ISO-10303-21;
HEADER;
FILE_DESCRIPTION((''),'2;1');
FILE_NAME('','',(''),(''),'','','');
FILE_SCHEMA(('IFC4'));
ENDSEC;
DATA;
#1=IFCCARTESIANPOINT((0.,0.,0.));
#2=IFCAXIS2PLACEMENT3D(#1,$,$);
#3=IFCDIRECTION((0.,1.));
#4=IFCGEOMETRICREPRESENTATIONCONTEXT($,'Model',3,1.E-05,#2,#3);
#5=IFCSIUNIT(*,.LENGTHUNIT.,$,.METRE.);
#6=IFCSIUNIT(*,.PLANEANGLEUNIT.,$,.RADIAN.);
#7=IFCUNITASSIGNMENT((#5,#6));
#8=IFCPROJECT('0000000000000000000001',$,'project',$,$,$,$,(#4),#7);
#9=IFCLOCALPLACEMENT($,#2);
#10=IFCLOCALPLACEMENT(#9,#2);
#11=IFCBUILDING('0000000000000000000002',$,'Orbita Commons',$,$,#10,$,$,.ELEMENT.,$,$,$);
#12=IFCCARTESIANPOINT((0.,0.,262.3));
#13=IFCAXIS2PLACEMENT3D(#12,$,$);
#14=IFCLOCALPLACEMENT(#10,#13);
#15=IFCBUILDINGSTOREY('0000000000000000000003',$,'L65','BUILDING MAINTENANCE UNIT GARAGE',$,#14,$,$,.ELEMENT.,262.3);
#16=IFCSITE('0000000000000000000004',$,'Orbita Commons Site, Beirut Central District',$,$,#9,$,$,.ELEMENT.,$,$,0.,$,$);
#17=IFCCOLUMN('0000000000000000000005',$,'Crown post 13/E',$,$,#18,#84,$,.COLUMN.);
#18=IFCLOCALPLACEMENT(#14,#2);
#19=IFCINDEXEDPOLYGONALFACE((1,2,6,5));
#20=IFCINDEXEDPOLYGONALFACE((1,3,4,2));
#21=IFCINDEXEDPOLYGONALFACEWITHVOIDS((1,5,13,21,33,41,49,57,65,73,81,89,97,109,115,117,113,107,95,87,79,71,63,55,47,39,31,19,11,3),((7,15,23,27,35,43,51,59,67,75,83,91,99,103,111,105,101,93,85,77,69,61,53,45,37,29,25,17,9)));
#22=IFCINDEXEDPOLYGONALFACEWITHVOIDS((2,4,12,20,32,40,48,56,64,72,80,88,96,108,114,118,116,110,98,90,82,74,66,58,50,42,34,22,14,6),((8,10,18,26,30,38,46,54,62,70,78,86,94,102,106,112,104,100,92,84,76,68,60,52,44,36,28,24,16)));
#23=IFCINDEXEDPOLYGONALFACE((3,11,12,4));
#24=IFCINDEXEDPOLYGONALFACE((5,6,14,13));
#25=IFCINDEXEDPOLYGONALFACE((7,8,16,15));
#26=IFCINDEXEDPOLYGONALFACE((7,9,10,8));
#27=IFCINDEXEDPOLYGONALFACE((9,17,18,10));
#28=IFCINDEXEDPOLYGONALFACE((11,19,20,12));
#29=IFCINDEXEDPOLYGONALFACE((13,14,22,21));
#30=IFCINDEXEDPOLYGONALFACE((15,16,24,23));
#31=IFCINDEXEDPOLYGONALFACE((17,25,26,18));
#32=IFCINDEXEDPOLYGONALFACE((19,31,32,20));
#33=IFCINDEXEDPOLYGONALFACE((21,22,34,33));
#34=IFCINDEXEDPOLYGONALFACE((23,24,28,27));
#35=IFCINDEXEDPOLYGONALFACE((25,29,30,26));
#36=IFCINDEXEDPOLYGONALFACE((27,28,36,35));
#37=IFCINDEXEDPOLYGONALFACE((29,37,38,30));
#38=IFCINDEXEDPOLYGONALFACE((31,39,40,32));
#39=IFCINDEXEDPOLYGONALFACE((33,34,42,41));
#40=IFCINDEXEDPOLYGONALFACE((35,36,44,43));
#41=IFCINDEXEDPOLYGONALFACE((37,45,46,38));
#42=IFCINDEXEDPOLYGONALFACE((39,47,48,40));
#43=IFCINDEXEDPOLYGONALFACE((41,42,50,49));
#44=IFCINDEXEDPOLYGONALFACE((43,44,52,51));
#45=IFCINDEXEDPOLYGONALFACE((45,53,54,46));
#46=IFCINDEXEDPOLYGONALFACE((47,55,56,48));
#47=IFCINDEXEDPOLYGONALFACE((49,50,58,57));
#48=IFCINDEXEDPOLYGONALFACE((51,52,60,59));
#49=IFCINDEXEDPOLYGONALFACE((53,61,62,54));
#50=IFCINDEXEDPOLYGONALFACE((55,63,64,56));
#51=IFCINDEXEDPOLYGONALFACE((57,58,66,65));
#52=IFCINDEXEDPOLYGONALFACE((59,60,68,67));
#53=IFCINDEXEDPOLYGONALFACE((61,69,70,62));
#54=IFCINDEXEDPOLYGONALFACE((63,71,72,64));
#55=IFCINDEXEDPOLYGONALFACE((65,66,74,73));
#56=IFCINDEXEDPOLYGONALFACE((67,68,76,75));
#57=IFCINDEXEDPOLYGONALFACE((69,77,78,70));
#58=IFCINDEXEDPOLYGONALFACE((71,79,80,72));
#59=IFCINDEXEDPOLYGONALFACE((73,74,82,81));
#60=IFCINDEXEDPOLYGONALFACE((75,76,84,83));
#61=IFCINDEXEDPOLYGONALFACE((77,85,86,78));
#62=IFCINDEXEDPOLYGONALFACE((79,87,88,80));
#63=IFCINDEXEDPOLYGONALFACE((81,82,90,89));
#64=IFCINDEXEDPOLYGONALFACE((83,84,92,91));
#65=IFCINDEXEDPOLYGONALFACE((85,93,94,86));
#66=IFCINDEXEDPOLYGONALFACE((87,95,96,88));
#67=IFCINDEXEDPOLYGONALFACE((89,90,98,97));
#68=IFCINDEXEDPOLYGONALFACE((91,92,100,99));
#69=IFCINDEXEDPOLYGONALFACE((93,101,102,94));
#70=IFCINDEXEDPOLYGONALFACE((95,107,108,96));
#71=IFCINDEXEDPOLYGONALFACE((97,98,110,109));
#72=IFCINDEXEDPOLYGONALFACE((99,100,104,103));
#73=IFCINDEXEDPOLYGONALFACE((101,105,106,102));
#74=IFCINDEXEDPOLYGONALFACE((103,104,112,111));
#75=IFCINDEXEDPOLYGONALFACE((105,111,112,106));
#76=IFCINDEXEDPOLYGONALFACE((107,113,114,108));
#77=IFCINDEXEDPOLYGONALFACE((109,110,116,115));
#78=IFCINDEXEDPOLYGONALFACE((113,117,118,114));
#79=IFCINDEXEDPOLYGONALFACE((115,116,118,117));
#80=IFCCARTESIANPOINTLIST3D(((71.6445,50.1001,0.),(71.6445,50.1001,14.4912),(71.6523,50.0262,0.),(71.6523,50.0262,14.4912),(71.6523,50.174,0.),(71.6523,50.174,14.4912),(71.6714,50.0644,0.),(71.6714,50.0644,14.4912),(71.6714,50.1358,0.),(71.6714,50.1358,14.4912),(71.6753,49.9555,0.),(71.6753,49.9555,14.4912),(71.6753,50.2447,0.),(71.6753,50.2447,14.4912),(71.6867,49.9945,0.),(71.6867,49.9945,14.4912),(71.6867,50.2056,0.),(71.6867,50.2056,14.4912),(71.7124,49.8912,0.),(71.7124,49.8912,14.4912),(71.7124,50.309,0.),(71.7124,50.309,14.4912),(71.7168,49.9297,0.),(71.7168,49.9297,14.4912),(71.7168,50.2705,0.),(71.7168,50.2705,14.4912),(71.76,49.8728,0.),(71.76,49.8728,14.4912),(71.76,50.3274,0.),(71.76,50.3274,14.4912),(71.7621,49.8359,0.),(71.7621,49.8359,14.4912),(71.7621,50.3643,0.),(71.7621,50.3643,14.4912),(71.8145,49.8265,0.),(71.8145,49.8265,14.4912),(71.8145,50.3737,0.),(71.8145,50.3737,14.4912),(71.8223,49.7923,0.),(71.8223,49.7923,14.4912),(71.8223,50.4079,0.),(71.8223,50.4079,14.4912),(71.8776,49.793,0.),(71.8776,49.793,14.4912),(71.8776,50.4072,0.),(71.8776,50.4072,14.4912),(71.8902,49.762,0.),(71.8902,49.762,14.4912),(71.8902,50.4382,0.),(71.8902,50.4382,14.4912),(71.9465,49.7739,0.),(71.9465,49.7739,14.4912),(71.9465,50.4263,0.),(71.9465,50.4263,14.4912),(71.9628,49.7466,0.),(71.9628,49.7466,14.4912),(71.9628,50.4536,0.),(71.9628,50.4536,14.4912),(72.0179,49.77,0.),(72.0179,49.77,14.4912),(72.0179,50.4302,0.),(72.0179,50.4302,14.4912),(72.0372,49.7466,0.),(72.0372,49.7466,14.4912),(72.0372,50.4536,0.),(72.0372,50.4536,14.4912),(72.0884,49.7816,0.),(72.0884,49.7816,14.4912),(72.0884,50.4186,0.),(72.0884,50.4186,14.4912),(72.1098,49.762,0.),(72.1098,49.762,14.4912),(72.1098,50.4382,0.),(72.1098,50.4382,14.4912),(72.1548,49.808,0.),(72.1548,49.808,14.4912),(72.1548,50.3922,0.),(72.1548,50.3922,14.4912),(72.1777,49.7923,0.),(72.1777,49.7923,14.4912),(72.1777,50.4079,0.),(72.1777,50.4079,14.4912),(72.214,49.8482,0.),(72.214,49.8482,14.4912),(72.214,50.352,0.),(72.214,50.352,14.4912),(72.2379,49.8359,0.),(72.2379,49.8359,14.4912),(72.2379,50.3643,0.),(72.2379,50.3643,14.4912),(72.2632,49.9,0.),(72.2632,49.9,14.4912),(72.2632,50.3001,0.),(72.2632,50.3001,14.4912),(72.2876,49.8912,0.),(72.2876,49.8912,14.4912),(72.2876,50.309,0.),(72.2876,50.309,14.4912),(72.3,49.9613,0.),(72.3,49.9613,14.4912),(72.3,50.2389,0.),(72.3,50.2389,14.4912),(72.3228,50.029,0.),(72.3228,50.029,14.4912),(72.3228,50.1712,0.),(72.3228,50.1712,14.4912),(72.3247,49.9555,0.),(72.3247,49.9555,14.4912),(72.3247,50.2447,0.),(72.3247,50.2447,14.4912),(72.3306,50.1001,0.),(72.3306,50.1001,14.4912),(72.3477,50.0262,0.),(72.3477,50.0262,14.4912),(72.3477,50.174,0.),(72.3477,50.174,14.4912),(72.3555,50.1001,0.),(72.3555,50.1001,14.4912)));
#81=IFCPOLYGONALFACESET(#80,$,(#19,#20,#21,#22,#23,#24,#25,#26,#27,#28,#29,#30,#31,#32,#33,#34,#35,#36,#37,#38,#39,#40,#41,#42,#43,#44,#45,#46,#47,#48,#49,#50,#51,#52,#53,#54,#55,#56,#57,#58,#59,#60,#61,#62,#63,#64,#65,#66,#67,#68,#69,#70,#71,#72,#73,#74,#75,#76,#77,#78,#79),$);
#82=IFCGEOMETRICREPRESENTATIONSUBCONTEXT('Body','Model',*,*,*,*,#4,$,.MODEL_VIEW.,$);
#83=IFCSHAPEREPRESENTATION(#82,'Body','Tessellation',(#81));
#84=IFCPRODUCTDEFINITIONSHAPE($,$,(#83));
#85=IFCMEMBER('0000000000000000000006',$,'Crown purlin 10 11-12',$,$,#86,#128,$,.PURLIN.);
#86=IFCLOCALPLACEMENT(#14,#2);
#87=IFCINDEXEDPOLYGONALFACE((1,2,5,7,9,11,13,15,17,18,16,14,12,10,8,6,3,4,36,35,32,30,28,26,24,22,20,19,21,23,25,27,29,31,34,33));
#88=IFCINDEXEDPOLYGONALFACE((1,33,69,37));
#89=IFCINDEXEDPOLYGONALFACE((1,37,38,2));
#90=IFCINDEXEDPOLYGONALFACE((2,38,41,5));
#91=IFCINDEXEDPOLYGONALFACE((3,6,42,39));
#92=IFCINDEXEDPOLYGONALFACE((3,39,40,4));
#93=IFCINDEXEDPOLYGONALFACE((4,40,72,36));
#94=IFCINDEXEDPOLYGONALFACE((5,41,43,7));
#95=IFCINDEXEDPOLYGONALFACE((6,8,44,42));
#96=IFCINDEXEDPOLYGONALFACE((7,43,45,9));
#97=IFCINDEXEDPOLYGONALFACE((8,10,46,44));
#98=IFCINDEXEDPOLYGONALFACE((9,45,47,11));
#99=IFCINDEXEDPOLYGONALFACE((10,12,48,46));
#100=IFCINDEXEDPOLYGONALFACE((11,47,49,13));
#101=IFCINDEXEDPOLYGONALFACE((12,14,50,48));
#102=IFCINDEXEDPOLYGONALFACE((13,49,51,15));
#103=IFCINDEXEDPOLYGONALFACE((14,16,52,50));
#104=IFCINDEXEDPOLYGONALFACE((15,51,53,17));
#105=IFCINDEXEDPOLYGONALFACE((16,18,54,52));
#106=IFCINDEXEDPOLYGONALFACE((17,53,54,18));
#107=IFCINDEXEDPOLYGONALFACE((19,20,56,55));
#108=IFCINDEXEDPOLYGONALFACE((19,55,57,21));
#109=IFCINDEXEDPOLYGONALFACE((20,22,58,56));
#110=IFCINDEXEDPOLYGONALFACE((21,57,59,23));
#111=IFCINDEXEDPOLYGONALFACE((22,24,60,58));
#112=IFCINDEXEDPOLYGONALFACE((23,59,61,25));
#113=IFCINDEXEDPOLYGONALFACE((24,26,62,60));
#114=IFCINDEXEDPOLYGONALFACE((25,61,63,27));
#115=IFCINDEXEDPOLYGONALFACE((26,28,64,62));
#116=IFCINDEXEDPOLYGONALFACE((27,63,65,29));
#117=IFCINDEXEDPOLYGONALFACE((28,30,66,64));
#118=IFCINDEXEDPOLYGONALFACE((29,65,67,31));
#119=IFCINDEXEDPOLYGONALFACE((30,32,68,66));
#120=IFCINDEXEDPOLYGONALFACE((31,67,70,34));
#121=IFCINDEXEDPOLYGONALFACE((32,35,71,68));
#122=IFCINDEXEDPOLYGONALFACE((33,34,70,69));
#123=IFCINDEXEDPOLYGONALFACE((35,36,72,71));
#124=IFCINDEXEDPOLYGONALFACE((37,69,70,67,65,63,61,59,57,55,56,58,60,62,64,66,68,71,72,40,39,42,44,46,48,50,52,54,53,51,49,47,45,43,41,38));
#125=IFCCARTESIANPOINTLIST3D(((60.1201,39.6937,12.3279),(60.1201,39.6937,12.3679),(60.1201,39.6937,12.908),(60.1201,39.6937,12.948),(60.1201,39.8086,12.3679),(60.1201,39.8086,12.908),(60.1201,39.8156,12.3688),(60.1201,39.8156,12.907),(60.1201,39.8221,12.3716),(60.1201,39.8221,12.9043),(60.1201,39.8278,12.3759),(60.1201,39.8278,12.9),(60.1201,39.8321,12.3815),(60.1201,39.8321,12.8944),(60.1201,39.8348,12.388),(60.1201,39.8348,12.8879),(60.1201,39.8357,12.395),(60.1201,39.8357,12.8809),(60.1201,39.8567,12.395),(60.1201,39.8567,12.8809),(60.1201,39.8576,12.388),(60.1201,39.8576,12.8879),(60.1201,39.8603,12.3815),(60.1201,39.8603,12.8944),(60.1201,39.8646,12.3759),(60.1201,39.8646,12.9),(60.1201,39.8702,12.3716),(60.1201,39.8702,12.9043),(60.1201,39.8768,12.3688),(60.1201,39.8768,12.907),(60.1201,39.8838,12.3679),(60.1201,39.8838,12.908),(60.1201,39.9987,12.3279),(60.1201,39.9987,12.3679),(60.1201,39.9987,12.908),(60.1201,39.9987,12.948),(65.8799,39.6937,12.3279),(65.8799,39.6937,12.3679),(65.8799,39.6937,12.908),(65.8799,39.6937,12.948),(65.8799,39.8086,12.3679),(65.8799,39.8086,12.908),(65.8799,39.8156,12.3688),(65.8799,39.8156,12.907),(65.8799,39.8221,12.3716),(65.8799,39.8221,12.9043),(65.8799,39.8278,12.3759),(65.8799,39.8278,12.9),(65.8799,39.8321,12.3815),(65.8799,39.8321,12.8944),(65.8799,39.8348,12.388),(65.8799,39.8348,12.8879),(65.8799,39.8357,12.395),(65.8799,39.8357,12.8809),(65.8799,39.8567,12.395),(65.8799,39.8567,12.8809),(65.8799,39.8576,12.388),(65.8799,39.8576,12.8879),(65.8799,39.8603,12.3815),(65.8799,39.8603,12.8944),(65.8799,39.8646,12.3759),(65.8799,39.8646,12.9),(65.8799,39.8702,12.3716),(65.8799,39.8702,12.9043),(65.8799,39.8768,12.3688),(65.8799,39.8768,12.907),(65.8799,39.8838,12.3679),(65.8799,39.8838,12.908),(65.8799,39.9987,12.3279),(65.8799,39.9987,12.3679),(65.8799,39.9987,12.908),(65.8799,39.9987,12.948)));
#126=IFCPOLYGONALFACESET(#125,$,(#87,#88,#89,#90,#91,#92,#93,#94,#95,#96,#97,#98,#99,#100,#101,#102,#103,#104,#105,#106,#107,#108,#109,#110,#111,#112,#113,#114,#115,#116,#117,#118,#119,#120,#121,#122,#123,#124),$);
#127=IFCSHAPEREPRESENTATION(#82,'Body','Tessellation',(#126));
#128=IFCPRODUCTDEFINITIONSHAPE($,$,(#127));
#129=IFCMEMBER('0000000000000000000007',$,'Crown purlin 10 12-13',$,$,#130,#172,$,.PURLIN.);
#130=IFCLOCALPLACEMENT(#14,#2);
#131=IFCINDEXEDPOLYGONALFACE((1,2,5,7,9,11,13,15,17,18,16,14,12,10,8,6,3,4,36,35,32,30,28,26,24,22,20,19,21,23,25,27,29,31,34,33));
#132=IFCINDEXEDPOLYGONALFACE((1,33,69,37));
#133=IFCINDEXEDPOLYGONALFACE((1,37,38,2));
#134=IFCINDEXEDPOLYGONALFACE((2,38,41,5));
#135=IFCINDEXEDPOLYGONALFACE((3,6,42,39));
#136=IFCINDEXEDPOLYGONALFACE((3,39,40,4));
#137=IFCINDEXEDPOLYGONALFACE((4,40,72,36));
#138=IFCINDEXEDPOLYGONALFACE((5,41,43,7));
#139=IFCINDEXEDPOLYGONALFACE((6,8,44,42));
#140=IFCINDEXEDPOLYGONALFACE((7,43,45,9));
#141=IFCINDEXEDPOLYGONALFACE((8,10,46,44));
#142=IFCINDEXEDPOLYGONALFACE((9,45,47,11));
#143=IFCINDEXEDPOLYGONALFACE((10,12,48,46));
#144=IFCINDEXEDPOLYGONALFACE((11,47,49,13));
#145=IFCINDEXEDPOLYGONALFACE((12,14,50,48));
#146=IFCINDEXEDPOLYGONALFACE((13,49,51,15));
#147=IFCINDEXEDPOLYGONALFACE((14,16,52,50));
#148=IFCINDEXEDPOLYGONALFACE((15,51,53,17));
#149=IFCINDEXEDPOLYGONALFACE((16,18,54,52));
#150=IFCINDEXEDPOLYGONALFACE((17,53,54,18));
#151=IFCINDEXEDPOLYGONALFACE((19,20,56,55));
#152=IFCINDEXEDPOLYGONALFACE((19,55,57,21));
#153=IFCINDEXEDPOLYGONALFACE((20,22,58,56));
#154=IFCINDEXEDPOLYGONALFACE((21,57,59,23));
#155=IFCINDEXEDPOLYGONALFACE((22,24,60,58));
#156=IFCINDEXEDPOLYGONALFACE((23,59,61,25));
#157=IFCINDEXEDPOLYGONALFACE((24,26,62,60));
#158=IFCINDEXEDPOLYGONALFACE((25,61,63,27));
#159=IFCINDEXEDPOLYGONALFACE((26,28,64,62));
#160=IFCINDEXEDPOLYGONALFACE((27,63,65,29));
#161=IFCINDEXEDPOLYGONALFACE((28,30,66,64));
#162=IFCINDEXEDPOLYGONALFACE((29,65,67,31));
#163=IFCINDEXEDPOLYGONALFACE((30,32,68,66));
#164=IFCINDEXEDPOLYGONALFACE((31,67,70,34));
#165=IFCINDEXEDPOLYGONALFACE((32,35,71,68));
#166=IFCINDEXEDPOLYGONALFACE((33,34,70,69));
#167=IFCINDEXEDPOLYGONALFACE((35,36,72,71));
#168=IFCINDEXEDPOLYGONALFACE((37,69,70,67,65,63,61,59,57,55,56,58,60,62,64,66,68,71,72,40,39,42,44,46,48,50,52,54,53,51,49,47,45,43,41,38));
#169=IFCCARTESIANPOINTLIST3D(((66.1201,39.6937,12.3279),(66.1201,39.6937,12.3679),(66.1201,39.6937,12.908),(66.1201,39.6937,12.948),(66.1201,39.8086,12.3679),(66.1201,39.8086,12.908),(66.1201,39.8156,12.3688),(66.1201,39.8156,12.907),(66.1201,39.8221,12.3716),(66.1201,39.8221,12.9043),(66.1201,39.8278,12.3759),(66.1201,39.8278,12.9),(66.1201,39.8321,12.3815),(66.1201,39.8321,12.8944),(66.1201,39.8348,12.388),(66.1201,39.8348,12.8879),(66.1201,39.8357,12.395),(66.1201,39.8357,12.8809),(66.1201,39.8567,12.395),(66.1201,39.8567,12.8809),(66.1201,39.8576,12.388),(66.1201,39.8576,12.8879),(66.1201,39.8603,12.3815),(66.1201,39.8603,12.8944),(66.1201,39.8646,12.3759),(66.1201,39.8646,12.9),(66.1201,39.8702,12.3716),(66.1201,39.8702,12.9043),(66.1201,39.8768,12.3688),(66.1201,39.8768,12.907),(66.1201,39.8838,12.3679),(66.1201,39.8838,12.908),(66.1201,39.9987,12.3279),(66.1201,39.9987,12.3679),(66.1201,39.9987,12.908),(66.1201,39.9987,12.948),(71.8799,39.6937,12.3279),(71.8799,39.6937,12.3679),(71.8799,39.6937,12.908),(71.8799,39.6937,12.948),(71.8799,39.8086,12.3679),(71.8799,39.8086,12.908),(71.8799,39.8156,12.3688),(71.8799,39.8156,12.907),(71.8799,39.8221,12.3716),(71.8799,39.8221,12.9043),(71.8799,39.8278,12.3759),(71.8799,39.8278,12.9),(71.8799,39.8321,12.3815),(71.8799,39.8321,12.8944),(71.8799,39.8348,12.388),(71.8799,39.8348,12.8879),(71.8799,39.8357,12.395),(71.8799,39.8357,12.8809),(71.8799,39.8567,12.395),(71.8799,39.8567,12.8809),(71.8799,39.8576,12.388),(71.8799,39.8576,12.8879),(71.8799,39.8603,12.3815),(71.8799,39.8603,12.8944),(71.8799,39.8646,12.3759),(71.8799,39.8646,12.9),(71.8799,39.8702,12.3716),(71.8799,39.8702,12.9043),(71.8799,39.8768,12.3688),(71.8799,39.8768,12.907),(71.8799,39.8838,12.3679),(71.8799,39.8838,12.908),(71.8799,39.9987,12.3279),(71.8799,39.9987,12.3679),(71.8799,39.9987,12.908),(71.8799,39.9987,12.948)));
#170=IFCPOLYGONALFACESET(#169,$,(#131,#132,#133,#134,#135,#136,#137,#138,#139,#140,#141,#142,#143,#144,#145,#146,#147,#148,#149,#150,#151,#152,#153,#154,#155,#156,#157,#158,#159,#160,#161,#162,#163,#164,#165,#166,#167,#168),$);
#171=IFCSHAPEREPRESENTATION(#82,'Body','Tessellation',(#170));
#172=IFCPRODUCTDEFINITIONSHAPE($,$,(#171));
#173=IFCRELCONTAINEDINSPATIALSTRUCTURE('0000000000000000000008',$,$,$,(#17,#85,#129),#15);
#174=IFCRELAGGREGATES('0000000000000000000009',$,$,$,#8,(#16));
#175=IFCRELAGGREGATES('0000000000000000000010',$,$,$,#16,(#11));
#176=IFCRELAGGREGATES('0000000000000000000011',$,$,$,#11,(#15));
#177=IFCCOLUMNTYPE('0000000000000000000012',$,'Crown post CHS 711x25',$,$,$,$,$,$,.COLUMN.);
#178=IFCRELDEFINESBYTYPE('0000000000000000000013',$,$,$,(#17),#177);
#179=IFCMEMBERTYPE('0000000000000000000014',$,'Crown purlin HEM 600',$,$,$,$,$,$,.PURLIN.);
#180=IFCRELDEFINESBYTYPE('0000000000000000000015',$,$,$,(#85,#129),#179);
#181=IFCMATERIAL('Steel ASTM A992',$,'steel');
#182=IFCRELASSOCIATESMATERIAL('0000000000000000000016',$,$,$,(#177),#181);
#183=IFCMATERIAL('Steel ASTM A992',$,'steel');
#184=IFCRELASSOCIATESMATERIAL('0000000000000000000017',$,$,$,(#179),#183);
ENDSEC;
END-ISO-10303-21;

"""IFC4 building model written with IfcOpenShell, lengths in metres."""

from ifc_helpers import new_model, si_unit, direction, frame, origin, origin_2d, place, context, subcontext, project, spatial, hollow_circle, i_section, extrude, material, material_profile, profile_set, type_object, element, save


model = new_model("IFC4")

# Units and contexts
model_context = context("Model", 3, precision=1e-05, world=origin(), true_north=direction((0.0, 1.0)))
body_context = subcontext(model_context, "Body", "Model", "MODEL_VIEW")
ifc_project = project(units=[si_unit("LENGTHUNIT", "METRE"), si_unit("PLANEANGLEUNIT", "RADIAN")], contexts=[model_context])

# Site, building, storey
site_placement = place(None, origin())
site = spatial("IfcSite", under=ifc_project, at=site_placement, Name="Orbita Commons Site, Beirut Central District", CompositionType="ELEMENT", RefElevation=0.0)
building_placement = place(site_placement, origin())
building = spatial("IfcBuilding", under=site, at=building_placement, Name="Orbita Commons", CompositionType="ELEMENT")
storey_placement = place(building_placement, frame((0.0, 0.0, 262.3)))
storey = spatial("IfcBuildingStorey", under=building, at=storey_placement, Name="L65", Description="BUILDING MAINTENANCE UNIT GARAGE", CompositionType="ELEMENT", Elevation=262.3)

# Column
ifc_material_1 = material(Name="Steel ASTM A992", Category="steel")
ifc_material_profile_1 = material_profile(ifc_material_1, hollow_circle(Radius=0.3555, WallThickness=0.0249, at=origin_2d()), Name="CHS 711x25")
ifc_profile_set_1 = profile_set([ifc_material_profile_1], Name="Steel ASTM A992")
column_type = type_object("IfcColumnType", Name="Crown post CHS 711x25", PredefinedType="COLUMN", material=ifc_profile_set_1)
column_placement = place(storey_placement, frame((72.0, 50.1001, 0.0), z_axis=(0.0, 0.0, 1.0), x_axis=(1.0, 0.0, 0.0)))
element("IfcColumn", 1, at=column_placement, inside=storey, type_object=column_type, Name="Crown post 13/E", PredefinedType="COLUMN", context=body_context, shape_type="SweptSolid", body=[
    extrude(hollow_circle(Radius=0.3555, WallThickness=0.0249, at=origin_2d()), origin(), (0.0, 0.0, 1.0), 14.4912),
])

# Members
ifc_material_2 = material(Name="Steel ASTM A992", Category="steel")
ifc_material_profile_2 = material_profile(ifc_material_2, i_section(OverallWidth=0.3049, OverallDepth=0.6201, WebThickness=0.021, FlangeThickness=0.04, FilletRadius=0.0271, at=origin_2d()), Name="HEM 600")
ifc_profile_set_2 = profile_set([ifc_material_profile_2], Name="Steel ASTM A992")
member_type = type_object("IfcMemberType", Name="Crown purlin HEM 600", PredefinedType="PURLIN", material=ifc_profile_set_2)
for number, where, z_axis, x_axis, name in (
    (2, (60.1201, 39.8462, 12.6379), (1.0, 0.0, 0.0), (0.0, 1.0, 0.0), "Crown purlin 10 11-12"),
    (3, (66.1201, 39.8462, 12.6379), (1.0, 0.0, 0.0), (0.0, 1.0, 0.0), "Crown purlin 10 12-13"),
):
    element("IfcMember", number, at=place(storey_placement, frame(where, z_axis=z_axis, x_axis=x_axis)), inside=storey, type_object=member_type, Name=name, PredefinedType="PURLIN", context=body_context, shape_type="SweptSolid", body=[
        extrude(i_section(OverallWidth=0.3049, OverallDepth=0.6201, WebThickness=0.021, FlangeThickness=0.04, FilletRadius=0.0271, at=origin_2d()), origin(), (0.0, 0.0, 1.0), 5.7598),
    ])

save(model, "model.ifc")
